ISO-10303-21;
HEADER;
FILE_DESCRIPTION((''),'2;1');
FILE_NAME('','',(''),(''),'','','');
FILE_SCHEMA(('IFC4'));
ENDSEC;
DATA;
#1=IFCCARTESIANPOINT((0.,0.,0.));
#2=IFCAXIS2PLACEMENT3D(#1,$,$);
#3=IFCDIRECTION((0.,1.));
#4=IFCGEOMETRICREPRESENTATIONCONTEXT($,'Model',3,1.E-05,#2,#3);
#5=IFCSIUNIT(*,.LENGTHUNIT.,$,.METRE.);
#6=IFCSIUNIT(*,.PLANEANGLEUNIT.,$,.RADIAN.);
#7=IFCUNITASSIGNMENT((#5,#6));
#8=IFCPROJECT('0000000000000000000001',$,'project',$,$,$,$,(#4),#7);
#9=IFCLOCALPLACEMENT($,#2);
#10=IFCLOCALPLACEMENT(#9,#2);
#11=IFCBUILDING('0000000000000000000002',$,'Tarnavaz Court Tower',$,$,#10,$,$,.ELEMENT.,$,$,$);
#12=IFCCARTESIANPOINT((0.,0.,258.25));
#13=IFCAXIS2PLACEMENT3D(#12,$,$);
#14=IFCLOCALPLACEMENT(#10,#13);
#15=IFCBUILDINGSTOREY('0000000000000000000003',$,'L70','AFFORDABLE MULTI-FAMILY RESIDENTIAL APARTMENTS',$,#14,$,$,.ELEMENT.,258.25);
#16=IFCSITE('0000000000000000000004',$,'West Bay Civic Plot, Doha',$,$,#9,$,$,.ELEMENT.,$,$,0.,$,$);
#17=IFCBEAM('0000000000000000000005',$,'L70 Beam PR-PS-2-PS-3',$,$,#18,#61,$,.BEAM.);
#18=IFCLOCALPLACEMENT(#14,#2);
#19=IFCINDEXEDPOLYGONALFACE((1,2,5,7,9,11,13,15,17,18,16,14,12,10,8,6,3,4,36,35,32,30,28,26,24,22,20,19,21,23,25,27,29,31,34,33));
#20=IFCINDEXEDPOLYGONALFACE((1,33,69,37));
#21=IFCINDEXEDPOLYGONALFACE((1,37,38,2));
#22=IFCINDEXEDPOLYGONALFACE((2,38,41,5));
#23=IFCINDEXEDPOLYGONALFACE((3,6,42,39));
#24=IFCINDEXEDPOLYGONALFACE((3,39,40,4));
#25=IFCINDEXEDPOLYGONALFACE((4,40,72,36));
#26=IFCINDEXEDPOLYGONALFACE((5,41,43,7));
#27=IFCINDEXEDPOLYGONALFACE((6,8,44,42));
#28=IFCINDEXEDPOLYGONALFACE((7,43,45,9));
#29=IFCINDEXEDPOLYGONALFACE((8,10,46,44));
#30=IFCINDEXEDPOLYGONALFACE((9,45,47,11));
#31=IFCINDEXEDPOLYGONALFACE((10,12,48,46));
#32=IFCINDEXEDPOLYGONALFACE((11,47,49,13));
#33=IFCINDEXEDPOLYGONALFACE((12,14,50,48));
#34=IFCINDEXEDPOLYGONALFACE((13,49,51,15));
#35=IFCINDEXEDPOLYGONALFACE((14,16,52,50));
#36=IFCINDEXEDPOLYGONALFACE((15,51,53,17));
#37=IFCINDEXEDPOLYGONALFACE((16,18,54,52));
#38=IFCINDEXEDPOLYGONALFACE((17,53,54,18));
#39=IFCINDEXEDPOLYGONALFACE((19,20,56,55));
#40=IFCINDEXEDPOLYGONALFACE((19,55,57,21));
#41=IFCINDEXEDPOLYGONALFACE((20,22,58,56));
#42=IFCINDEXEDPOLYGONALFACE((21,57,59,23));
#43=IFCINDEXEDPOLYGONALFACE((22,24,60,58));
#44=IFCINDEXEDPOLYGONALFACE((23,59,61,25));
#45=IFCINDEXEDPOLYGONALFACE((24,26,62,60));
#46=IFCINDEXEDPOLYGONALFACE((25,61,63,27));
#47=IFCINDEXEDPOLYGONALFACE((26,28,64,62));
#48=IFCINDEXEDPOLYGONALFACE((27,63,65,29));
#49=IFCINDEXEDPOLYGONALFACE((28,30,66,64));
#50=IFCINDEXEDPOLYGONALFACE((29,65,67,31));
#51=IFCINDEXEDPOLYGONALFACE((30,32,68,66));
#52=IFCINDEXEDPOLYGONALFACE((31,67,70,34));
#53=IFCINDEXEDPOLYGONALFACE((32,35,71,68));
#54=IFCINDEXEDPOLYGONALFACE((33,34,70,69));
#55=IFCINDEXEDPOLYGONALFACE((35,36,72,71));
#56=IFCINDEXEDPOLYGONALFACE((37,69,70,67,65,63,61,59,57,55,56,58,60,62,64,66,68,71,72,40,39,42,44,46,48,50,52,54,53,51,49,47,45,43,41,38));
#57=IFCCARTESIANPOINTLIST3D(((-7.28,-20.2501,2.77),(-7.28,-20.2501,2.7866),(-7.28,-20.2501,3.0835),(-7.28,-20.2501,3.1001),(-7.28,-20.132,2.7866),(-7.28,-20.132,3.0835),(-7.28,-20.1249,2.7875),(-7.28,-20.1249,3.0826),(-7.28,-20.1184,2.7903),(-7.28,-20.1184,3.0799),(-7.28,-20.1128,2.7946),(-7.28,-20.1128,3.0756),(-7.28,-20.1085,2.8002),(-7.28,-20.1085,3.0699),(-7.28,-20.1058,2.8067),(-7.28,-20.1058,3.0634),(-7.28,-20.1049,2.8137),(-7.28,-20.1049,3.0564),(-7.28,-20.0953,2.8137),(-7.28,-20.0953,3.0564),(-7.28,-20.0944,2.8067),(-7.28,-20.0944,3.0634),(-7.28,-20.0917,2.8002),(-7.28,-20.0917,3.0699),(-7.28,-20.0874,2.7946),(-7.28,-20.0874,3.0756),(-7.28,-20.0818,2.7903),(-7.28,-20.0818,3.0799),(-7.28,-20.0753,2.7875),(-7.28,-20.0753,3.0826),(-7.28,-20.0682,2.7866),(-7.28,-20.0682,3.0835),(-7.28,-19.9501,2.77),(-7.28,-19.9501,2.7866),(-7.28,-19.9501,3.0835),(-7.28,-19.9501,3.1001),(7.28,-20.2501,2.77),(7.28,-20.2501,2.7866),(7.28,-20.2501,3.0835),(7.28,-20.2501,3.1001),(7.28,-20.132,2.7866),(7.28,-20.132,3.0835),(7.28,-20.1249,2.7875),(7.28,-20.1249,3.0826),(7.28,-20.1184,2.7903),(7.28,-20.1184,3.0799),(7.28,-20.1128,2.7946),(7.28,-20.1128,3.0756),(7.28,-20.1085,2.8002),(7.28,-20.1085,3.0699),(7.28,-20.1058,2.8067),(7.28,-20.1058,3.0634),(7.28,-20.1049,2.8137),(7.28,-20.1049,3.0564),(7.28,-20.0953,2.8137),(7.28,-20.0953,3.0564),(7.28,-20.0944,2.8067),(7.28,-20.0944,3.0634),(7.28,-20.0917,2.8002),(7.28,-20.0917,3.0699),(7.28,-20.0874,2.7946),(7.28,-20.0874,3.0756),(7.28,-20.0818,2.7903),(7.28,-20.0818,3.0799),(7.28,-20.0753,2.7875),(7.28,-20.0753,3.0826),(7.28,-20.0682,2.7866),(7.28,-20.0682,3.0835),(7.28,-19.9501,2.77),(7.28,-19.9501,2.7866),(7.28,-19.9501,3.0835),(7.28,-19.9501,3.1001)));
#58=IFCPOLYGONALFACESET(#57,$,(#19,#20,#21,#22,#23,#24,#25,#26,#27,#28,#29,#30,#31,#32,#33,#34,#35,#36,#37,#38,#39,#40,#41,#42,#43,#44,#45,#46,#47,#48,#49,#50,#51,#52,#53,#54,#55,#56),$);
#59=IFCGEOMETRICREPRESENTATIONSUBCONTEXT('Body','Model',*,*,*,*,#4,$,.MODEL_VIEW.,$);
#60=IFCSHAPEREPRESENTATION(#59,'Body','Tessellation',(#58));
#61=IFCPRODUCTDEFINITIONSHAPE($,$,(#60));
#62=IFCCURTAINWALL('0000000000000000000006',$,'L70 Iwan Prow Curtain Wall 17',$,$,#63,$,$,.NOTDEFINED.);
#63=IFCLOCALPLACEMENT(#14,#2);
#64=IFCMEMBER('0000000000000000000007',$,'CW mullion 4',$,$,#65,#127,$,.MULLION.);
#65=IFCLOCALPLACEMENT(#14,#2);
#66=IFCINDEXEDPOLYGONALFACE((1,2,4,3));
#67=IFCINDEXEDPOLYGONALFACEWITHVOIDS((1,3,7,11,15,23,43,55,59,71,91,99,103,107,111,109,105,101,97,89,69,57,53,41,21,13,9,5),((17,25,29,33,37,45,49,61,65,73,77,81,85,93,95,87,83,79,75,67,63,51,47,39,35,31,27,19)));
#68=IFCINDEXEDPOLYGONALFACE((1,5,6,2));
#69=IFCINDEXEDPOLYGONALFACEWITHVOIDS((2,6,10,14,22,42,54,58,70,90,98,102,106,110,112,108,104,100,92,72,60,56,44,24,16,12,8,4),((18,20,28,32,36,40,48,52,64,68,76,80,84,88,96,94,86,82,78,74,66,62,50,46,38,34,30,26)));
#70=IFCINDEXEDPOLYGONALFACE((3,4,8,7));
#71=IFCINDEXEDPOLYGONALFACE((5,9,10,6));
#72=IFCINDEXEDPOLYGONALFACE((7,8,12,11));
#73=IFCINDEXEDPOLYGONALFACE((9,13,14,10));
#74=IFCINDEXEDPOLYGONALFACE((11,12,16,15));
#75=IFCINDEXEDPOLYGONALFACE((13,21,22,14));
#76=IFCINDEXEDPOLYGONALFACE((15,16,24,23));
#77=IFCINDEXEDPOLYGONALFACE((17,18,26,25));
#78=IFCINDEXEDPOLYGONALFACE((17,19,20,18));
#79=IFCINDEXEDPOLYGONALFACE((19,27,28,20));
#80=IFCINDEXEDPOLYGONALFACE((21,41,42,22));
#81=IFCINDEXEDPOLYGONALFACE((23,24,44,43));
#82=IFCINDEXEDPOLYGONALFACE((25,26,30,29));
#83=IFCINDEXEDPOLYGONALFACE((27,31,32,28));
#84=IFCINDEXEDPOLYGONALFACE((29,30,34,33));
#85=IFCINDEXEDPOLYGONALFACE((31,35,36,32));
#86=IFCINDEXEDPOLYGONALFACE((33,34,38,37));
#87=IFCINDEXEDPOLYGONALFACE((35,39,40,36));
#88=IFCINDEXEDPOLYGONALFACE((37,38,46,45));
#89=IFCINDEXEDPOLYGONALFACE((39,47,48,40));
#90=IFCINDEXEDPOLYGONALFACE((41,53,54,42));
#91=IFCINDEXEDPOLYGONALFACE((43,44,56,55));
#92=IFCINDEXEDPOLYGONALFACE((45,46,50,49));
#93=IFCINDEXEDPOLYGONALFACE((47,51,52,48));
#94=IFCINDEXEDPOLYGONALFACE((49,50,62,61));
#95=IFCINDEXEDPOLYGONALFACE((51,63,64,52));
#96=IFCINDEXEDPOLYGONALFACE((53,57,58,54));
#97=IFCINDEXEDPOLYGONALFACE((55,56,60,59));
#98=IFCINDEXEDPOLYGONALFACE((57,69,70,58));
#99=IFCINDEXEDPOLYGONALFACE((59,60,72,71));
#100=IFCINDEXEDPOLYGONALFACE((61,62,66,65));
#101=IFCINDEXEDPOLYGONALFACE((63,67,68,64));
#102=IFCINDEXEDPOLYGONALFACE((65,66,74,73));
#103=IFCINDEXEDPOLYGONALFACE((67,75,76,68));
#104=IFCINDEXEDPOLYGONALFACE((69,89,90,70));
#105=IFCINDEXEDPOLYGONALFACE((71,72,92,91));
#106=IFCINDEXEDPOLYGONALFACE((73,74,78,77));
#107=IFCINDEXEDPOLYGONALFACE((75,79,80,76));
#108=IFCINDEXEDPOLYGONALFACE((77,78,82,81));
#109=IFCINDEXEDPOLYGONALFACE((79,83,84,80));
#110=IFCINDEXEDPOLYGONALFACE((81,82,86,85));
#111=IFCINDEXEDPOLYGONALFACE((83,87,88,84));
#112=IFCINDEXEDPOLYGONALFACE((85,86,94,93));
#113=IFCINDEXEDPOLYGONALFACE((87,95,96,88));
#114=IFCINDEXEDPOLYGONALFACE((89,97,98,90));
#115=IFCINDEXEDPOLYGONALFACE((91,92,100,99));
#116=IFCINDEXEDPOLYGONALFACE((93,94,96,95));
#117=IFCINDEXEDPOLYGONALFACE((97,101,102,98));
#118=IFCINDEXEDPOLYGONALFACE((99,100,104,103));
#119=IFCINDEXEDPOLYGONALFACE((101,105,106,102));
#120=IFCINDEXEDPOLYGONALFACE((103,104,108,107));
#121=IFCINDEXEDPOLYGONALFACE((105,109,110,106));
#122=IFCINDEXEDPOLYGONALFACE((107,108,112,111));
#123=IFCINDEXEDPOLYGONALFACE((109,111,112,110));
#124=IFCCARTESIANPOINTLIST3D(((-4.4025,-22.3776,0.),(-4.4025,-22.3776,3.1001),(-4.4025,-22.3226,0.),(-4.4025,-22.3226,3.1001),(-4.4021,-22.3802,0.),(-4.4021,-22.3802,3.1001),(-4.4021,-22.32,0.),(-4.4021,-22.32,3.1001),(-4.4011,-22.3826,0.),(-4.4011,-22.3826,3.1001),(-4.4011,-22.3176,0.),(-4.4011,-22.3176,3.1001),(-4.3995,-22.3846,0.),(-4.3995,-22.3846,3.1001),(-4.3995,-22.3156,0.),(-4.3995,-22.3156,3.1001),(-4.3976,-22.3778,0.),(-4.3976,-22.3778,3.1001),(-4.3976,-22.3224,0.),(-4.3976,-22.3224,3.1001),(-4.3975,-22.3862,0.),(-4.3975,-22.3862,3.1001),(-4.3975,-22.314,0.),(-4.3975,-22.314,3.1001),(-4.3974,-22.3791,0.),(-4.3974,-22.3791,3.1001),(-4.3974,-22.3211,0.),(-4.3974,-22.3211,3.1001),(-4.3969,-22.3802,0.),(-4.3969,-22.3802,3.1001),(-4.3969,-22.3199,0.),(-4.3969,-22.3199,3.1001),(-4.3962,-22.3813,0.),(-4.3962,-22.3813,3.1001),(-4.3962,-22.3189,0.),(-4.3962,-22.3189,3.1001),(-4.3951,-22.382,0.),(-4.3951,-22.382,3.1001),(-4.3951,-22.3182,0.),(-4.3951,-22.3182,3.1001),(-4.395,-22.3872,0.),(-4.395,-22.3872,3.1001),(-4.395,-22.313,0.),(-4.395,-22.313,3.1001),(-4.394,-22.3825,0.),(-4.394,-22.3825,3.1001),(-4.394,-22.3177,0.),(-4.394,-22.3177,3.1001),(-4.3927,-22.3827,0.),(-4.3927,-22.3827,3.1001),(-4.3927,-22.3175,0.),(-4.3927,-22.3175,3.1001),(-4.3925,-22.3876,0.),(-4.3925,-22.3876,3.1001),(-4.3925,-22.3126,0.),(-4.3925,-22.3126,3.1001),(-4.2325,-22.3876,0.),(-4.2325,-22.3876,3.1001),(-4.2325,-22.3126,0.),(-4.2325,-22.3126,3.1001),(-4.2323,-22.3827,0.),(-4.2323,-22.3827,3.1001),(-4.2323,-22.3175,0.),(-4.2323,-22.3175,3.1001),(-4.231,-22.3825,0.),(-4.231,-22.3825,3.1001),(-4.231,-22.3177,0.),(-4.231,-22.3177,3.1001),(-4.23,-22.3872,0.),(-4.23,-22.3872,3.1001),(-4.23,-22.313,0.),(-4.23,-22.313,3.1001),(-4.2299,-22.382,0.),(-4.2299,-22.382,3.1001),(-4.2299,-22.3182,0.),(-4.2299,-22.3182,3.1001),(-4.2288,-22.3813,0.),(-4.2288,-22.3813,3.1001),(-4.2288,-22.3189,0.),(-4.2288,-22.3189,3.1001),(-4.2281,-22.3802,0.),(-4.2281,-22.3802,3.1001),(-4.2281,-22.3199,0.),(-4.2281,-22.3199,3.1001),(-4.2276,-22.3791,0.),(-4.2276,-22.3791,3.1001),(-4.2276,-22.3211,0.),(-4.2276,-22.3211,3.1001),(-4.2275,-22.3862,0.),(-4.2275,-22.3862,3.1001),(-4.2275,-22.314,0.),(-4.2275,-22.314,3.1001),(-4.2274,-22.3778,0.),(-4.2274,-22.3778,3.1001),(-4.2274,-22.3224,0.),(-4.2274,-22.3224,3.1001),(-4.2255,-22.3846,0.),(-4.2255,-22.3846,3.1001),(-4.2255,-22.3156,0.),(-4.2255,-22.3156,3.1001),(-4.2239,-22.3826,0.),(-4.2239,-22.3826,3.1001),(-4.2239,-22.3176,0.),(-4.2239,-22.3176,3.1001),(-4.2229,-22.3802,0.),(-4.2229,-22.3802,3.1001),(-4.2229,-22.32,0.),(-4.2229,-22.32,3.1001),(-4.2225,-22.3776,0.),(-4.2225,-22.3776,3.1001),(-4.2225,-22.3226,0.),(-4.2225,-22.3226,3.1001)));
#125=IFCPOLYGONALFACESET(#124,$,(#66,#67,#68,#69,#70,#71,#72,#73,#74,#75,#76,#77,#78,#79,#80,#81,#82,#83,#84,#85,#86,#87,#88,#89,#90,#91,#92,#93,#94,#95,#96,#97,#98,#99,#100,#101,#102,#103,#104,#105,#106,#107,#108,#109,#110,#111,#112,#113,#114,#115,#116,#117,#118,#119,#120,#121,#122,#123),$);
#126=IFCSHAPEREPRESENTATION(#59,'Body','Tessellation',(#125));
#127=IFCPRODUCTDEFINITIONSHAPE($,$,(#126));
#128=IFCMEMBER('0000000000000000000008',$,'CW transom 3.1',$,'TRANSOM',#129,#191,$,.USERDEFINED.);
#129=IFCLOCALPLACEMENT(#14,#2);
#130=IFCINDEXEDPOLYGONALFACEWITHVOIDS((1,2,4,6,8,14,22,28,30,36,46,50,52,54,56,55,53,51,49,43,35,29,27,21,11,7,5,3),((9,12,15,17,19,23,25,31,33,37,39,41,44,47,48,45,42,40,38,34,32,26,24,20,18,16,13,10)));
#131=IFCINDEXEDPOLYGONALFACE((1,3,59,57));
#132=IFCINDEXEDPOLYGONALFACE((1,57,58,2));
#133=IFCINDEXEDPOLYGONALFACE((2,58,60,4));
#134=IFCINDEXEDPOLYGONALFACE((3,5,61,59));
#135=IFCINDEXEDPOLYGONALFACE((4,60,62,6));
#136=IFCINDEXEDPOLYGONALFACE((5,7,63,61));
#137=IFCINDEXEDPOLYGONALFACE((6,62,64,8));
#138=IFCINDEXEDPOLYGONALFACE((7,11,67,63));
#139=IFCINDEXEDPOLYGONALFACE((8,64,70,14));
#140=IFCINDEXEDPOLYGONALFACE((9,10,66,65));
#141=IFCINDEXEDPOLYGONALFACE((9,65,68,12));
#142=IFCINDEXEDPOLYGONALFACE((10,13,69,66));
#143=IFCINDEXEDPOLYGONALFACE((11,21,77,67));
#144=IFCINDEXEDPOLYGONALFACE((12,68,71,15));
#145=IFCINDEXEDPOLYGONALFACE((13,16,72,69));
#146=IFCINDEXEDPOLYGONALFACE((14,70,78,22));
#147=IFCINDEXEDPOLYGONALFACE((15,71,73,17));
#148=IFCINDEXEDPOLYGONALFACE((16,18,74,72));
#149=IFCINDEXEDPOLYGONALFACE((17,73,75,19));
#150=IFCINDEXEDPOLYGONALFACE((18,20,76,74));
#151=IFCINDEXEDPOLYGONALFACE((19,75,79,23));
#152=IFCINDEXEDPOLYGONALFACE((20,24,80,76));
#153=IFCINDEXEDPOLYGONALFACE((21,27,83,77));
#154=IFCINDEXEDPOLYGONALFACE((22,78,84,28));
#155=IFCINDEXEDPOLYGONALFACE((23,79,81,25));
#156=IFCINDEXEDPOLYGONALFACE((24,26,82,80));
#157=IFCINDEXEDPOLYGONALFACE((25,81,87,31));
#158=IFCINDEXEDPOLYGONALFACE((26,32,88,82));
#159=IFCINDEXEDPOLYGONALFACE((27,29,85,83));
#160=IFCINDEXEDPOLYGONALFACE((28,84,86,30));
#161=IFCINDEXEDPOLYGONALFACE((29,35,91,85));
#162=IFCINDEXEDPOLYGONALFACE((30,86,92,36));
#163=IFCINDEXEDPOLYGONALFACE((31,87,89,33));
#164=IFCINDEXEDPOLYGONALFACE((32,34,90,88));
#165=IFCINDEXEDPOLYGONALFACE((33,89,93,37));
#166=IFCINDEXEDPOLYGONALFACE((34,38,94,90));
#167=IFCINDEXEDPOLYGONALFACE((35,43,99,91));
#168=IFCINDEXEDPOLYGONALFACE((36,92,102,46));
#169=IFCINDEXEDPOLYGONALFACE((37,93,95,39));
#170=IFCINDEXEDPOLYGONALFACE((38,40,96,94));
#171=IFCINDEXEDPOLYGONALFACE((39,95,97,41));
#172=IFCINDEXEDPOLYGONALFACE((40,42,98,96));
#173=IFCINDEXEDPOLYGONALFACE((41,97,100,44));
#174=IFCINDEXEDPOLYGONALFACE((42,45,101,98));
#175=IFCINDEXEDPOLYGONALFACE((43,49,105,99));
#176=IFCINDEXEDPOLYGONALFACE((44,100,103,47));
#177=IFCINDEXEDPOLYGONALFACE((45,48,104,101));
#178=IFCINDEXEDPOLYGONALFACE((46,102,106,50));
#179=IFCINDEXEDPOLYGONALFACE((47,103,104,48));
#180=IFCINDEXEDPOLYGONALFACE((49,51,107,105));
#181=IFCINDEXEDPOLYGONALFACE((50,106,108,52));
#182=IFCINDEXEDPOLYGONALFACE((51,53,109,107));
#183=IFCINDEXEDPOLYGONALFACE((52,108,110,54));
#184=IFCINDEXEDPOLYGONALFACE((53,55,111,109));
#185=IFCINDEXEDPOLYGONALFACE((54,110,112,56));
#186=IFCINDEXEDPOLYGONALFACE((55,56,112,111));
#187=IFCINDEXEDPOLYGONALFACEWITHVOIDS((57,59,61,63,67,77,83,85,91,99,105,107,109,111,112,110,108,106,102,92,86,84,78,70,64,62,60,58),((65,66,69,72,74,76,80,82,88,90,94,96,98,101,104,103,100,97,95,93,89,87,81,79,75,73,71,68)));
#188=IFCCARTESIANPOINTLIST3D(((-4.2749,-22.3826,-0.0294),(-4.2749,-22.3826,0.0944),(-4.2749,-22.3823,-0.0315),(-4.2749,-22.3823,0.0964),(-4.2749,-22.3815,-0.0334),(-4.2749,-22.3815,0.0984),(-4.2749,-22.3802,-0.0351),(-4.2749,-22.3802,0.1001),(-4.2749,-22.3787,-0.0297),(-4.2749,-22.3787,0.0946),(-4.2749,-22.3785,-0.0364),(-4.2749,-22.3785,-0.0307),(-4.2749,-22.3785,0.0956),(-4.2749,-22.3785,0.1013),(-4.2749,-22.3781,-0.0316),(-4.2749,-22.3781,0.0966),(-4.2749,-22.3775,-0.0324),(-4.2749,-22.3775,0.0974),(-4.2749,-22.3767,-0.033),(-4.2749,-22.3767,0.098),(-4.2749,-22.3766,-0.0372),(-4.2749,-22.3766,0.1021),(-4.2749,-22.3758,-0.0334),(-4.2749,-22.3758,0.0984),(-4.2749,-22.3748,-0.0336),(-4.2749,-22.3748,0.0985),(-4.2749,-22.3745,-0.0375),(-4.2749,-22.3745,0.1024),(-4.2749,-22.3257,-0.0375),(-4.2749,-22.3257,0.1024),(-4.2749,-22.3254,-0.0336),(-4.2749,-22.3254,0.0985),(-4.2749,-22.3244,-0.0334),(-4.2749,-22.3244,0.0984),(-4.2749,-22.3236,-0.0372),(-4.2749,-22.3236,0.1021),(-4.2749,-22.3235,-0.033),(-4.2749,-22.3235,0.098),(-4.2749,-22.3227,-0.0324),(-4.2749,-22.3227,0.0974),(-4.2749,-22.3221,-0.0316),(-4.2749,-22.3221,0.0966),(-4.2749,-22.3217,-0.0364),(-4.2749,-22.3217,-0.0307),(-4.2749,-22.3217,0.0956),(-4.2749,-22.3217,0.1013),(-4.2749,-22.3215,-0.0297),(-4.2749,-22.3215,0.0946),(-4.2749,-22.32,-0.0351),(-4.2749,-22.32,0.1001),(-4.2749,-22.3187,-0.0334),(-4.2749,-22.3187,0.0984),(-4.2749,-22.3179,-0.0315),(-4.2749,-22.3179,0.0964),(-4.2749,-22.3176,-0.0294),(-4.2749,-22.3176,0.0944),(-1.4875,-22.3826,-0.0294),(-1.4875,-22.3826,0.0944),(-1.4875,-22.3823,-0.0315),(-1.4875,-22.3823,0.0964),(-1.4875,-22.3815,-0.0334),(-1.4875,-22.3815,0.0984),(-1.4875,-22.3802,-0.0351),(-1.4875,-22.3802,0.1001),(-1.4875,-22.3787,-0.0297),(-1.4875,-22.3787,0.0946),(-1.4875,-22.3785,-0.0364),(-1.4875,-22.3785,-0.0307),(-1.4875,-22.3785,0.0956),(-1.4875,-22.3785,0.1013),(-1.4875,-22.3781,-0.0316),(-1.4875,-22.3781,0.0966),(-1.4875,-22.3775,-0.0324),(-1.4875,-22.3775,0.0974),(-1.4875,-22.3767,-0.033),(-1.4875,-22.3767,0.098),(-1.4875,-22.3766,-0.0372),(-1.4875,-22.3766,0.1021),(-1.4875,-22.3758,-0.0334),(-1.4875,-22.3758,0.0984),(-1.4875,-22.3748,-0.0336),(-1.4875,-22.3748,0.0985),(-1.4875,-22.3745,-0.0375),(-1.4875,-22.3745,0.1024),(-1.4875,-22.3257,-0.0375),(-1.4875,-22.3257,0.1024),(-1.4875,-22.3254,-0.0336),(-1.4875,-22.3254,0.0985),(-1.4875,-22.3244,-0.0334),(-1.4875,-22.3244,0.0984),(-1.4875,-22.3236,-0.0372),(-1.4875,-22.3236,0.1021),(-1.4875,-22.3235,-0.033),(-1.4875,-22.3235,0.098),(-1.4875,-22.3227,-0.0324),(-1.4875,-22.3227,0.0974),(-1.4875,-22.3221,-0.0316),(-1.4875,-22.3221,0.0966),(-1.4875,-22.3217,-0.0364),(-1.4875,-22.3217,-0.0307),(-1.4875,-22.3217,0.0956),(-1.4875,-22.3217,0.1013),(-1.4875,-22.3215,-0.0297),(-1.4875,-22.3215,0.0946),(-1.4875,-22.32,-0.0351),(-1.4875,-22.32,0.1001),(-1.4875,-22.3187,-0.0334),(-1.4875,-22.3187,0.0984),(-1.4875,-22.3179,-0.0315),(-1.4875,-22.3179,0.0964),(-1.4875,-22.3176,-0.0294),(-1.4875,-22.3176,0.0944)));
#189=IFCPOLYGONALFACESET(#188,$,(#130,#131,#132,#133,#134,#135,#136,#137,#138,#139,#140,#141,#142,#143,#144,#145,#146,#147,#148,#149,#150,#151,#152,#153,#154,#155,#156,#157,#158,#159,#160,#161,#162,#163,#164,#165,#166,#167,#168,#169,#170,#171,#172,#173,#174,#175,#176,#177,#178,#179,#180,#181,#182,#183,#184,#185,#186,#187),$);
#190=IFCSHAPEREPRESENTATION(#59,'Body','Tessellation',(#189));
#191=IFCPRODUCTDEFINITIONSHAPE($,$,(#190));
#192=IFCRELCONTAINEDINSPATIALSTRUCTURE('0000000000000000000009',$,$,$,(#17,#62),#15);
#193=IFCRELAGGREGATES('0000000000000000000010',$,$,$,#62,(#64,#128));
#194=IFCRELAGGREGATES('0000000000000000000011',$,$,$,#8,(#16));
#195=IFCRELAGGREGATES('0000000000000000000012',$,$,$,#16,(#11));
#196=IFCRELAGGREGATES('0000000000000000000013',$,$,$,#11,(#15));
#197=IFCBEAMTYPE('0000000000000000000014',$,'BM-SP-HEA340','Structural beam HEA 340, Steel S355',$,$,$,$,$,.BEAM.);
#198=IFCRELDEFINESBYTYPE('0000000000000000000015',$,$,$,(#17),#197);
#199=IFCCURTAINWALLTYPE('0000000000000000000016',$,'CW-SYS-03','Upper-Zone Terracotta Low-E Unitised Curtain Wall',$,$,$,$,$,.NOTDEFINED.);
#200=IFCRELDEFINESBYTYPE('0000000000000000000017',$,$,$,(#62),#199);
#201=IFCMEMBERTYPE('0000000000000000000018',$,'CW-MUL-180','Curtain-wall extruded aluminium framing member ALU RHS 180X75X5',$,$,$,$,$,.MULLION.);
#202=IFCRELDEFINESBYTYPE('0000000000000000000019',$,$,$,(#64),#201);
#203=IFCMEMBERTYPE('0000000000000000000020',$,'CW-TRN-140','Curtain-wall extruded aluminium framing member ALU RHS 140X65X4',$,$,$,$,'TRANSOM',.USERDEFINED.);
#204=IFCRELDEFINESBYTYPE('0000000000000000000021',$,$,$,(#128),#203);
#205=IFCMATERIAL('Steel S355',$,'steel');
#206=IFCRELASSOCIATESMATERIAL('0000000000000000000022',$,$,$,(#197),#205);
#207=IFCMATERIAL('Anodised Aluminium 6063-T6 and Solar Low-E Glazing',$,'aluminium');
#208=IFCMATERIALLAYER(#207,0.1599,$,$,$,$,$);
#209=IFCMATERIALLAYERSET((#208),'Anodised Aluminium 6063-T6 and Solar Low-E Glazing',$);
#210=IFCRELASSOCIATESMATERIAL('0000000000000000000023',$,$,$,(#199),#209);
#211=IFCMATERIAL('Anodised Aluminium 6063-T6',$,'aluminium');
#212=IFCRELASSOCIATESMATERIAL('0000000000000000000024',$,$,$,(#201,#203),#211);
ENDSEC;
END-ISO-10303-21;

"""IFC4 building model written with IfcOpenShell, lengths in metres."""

from ifc_helpers import new_model, si_unit, direction, frame, origin, origin_2d, place, context, subcontext, project, spatial, hollow_rectangle, i_section, extrude, material, layer, layer_set, material_profile, profile_set, type_object, element, aggregate, save


model = new_model("IFC4")

# Units and contexts
model_context = context("Model", 3, precision=1e-05, world=origin(), true_north=direction((0.0, 1.0)))
body_context = subcontext(model_context, "Body", "Model", "MODEL_VIEW")
ifc_project = project(units=[si_unit("LENGTHUNIT", "METRE"), si_unit("PLANEANGLEUNIT", "RADIAN")], contexts=[model_context])

# Site, building, storey
site_placement = place(None, origin())
site = spatial("IfcSite", under=ifc_project, at=site_placement, Name="West Bay Civic Plot, Doha", CompositionType="ELEMENT", RefElevation=0.0)
building_placement = place(site_placement, origin())
building = spatial("IfcBuilding", under=site, at=building_placement, Name="Tarnavaz Court Tower", CompositionType="ELEMENT")
storey_placement = place(building_placement, frame((0.0, 0.0, 258.25)))
storey = spatial("IfcBuildingStorey", under=building, at=storey_placement, Name="L70", Description="AFFORDABLE MULTI-FAMILY RESIDENTIAL APARTMENTS", CompositionType="ELEMENT", Elevation=258.25)

# Beam
ifc_material_1 = material(Name="Steel S355", Category="steel")
ifc_material_profile_1 = material_profile(ifc_material_1, i_section(OverallWidth=0.3, OverallDepth=0.3301, WebThickness=0.0095, FlangeThickness=0.0166, FilletRadius=0.0271, at=origin_2d()), Name="HEA 340")
ifc_profile_set_1 = profile_set([ifc_material_profile_1], Name="Steel S355")
beam_type_1 = type_object("IfcBeamType", Name="BM-SP-HEA340", Description="Structural beam HEA 340, Steel S355", PredefinedType="BEAM", material=ifc_profile_set_1)
beam_placement = place(storey_placement, frame((-7.28, -20.1001, 2.9351), z_axis=(1.0, 0.0, 0.0), x_axis=(0.0, 1.0, 0.0)))
element("IfcBeam", 1, at=beam_placement, inside=storey, type_object=beam_type_1, Name="L70 Beam PR-PS-2-PS-3", PredefinedType="BEAM", context=body_context, shape_type="SweptSolid", body=[
    extrude(i_section(OverallWidth=0.3, OverallDepth=0.3301, WebThickness=0.0095, FlangeThickness=0.0166, FilletRadius=0.0271, at=origin_2d()), origin(), (0.0, 0.0, 1.0), 14.5601),
])

# Curtain wall, members
ifc_material_2 = material(Name="Anodised Aluminium 6063-T6 and Solar Low-E Glazing", Category="aluminium")
ifc_layer_1 = layer(ifc_material_2, 0.1599)
ifc_layer_set_1 = layer_set([ifc_layer_1], Name="Anodised Aluminium 6063-T6 and Solar Low-E Glazing")
curtain_wall_type = type_object("IfcCurtainWallType", Name="CW-SYS-03", Description="Upper-Zone Terracotta Low-E Unitised Curtain Wall", PredefinedType="NOTDEFINED", material=ifc_layer_set_1)
curtain_wall_placement = place(storey_placement, origin())
curtain_wall = element("IfcCurtainWall", 2, at=curtain_wall_placement, inside=storey, type_object=curtain_wall_type, Name="L70 Iwan Prow Curtain Wall 17", PredefinedType="NOTDEFINED")
ifc_material_3 = material(Name="Anodised Aluminium 6063-T6", Category="aluminium")
ifc_material_profile_2 = material_profile(ifc_material_3, hollow_rectangle(XDim=0.075, YDim=0.1799, WallThickness=0.0049, InnerFilletRadius=0.0049, OuterFilletRadius=0.01, at=origin_2d()), Name="ALU RHS 180X75X5")
ifc_profile_set_2 = profile_set([ifc_material_profile_2], Name="Anodised Aluminium 6063-T6")
member_type_1 = type_object("IfcMemberType", Name="CW-MUL-180", Description="Curtain-wall extruded aluminium framing member ALU RHS 180X75X5", PredefinedType="MULLION", material=ifc_profile_set_2)
member_1_placement = place(storey_placement, frame((-4.3125, -22.3501, 0.0), z_axis=(0.0, 0.0, 1.0), x_axis=(0.0, -1.0, 0.0)))
member_1 = element("IfcMember", 3, at=member_1_placement, type_object=member_type_1, Name="CW mullion 4", PredefinedType="MULLION", context=body_context, shape_type="SweptSolid", body=[
    extrude(hollow_rectangle(XDim=0.075, YDim=0.1799, WallThickness=0.0049, InnerFilletRadius=0.0049, OuterFilletRadius=0.01, at=origin_2d()), origin(), (0.0, 0.0, 1.0), 3.1001),
])
ifc_material_profile_3 = material_profile(ifc_material_3, hollow_rectangle(XDim=0.0649, YDim=0.1399, WallThickness=0.0039, InnerFilletRadius=0.0039, OuterFilletRadius=0.0081, at=origin_2d()), Name="ALU RHS 140X65X4")
ifc_profile_set_3 = profile_set([ifc_material_profile_3], Name="Anodised Aluminium 6063-T6")
member_type_2 = type_object("IfcMemberType", Name="CW-TRN-140", Description="Curtain-wall extruded aluminium framing member ALU RHS 140X65X4", ElementType="TRANSOM", PredefinedType="USERDEFINED", material=ifc_profile_set_3)
member_2_placement = place(storey_placement, frame((-1.4875, -22.3501, 0.0325), z_axis=(-1.0, 0.0, 0.0), x_axis=(0.0, -1.0, 0.0)))
member_2 = element("IfcMember", 4, at=member_2_placement, type_object=member_type_2, Name="CW transom 3.1", ObjectType="TRANSOM", PredefinedType="USERDEFINED", context=body_context, shape_type="SweptSolid", body=[
    extrude(hollow_rectangle(XDim=0.0649, YDim=0.1399, WallThickness=0.0039, InnerFilletRadius=0.0039, OuterFilletRadius=0.0081, at=origin_2d()), origin(), (0.0, 0.0, 1.0), 2.7874),
])
aggregate(curtain_wall, [member_1, member_2])

save(model, "model.ifc")
